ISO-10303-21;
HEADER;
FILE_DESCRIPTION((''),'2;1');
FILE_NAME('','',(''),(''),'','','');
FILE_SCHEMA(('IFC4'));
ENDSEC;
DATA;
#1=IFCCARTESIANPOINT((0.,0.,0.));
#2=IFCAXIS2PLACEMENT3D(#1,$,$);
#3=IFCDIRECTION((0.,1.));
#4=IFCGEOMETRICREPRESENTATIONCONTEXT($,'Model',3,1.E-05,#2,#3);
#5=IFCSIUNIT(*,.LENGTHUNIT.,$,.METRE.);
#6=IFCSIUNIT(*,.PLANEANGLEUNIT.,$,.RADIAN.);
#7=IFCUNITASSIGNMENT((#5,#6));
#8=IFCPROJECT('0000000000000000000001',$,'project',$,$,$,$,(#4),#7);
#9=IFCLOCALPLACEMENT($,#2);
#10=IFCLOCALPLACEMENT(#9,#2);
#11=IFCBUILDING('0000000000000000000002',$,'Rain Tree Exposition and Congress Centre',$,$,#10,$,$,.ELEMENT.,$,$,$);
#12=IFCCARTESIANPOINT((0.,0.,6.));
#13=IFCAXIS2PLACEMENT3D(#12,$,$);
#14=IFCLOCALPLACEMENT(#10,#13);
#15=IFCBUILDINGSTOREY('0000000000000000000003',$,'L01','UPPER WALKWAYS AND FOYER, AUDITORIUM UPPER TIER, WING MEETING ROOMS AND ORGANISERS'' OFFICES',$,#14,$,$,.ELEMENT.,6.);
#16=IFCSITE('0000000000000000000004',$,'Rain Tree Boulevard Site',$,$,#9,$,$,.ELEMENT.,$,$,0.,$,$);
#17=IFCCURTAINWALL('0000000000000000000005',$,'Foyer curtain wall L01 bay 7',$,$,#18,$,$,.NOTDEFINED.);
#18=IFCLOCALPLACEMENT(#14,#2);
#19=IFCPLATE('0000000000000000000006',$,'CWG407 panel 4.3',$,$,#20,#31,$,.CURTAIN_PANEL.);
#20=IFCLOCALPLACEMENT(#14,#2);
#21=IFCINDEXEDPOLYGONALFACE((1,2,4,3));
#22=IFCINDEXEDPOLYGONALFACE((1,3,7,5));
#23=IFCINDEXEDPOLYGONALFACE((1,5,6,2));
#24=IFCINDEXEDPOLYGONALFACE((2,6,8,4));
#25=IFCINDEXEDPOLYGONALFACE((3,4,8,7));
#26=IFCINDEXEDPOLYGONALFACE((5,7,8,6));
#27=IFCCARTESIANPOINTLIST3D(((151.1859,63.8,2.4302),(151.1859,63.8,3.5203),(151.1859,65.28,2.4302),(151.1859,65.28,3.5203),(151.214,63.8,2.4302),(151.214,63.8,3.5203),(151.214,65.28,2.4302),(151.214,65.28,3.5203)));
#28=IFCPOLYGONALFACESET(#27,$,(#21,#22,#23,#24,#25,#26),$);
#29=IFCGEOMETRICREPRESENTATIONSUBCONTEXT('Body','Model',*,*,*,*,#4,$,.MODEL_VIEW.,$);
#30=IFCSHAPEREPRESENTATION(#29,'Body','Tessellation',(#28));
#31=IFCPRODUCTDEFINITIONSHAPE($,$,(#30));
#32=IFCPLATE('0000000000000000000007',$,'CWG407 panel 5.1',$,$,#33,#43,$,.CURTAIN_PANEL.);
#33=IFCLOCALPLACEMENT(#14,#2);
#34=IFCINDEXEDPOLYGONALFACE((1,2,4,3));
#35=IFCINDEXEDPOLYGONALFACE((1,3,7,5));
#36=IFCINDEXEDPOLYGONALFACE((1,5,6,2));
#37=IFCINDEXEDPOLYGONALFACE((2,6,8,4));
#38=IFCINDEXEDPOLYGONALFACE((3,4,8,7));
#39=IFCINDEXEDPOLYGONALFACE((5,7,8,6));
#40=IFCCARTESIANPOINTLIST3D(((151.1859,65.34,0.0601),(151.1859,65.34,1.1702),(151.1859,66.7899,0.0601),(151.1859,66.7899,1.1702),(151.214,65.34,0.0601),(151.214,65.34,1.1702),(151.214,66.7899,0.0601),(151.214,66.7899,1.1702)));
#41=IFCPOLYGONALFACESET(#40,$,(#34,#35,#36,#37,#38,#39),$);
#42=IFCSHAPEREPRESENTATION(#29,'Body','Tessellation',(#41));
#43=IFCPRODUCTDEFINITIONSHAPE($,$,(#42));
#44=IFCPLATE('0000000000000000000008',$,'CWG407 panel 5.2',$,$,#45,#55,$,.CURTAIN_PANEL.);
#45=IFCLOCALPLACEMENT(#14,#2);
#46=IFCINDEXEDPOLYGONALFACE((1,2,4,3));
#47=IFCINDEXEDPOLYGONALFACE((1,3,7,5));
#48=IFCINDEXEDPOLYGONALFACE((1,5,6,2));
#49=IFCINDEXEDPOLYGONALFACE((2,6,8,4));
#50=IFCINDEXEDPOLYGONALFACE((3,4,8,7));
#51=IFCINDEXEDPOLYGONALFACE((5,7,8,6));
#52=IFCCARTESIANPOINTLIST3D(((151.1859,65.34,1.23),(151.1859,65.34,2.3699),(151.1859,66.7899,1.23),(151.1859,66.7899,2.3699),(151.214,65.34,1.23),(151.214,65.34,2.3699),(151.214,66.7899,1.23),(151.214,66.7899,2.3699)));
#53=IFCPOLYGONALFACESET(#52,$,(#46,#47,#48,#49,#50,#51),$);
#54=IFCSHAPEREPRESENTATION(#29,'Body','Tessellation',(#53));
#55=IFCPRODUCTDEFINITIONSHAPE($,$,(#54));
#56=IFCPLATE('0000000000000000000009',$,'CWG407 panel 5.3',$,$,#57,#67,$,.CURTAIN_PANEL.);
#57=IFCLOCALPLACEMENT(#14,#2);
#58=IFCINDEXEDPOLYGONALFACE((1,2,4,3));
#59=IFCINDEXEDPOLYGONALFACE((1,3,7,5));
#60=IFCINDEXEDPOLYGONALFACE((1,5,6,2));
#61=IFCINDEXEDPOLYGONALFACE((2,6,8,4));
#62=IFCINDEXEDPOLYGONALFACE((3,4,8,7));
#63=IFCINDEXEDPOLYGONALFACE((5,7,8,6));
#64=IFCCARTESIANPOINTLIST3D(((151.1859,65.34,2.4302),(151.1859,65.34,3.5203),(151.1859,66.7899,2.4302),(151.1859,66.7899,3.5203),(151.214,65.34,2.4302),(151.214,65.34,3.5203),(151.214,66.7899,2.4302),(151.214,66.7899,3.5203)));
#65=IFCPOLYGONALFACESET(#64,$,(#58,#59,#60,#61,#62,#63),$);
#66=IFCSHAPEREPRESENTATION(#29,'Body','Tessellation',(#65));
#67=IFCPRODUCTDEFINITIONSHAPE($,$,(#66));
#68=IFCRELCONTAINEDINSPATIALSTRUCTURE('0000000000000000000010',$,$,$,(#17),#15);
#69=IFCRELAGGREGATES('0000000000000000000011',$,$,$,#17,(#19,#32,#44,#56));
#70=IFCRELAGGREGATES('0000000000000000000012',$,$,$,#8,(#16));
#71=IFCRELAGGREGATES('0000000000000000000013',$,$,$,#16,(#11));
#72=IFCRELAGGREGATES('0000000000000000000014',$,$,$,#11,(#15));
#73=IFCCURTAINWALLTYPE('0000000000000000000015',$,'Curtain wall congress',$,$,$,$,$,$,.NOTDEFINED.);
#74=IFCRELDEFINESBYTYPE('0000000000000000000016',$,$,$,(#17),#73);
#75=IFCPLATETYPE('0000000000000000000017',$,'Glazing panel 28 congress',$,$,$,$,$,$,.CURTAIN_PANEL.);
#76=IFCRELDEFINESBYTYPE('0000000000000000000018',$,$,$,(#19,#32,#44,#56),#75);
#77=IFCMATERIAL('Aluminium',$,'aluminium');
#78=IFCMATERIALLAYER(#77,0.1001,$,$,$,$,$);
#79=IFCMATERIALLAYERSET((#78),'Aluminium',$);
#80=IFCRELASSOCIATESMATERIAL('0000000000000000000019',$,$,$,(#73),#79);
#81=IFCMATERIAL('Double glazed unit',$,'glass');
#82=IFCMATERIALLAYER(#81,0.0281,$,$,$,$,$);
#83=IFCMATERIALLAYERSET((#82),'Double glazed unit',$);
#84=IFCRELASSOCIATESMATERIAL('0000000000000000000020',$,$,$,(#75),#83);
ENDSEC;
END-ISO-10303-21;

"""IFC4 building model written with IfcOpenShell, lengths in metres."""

from ifc_helpers import new_model, si_unit, direction, frame, origin, origin_2d, place, context, subcontext, project, spatial, rectangle, extrude, material, layer, layer_set, type_object, element, aggregate, save


model = new_model("IFC4")

# Units and contexts
model_context = context("Model", 3, precision=1e-05, world=origin(), true_north=direction((0.0, 1.0)))
body_context = subcontext(model_context, "Body", "Model", "MODEL_VIEW")
ifc_project = project(units=[si_unit("LENGTHUNIT", "METRE"), si_unit("PLANEANGLEUNIT", "RADIAN")], contexts=[model_context])

# Site, building, storey
site_placement = place(None, origin())
site = spatial("IfcSite", under=ifc_project, at=site_placement, Name="Rain Tree Boulevard Site", CompositionType="ELEMENT", RefElevation=0.0)
building_placement = place(site_placement, origin())
building = spatial("IfcBuilding", under=site, at=building_placement, Name="Rain Tree Exposition and Congress Centre", CompositionType="ELEMENT")
storey_placement = place(building_placement, frame((0.0, 0.0, 6.0)))
storey = spatial("IfcBuildingStorey", under=building, at=storey_placement, Name="L01", Description="UPPER WALKWAYS AND FOYER, AUDITORIUM UPPER TIER, WING MEETING ROOMS AND ORGANISERS' OFFICES", CompositionType="ELEMENT", Elevation=6.0)

# Curtain wall, plates
ifc_material_1 = material(Name="Aluminium", Category="aluminium")
ifc_layer_1 = layer(ifc_material_1, 0.1001)
ifc_layer_set_1 = layer_set([ifc_layer_1], Name="Aluminium")
curtain_wall_type = type_object("IfcCurtainWallType", Name="Curtain wall congress", PredefinedType="NOTDEFINED", material=ifc_layer_set_1)
curtain_wall_placement = place(storey_placement, origin())
curtain_wall = element("IfcCurtainWall", 1, at=curtain_wall_placement, inside=storey, type_object=curtain_wall_type, Name="Foyer curtain wall L01 bay 7", PredefinedType="NOTDEFINED")
ifc_material_2 = material(Name="Double glazed unit", Category="glass")
ifc_layer_2 = layer(ifc_material_2, 0.0281)
ifc_layer_set_2 = layer_set([ifc_layer_2], Name="Double glazed unit")
plate_type = type_object("IfcPlateType", Name="Glazing panel 28 congress", PredefinedType="CURTAIN_PANEL", material=ifc_layer_set_2)
plate_1_placement = place(storey_placement, frame((151.2, 64.54, 2.4302), z_axis=(0.0, 0.0, 1.0), x_axis=(0.0, 1.0, 0.0)))
plate_1 = element("IfcPlate", 2, at=plate_1_placement, type_object=plate_type, Name="CWG407 panel 4.3", PredefinedType="CURTAIN_PANEL", context=body_context, shape_type="SweptSolid", body=[
    extrude(rectangle(XDim=1.48, YDim=0.0281, at=origin_2d()), origin(), (0.0, 0.0, 1.0), 1.0901),
])
plate_2_placement = place(storey_placement, frame((151.2, 66.0649, 0.0601), z_axis=(0.0, 0.0, 1.0), x_axis=(0.0, 1.0, 0.0)))
plate_2 = element("IfcPlate", 3, at=plate_2_placement, type_object=plate_type, Name="CWG407 panel 5.1", PredefinedType="CURTAIN_PANEL", context=body_context, shape_type="SweptSolid", body=[
    extrude(rectangle(XDim=1.45, YDim=0.0281, at=origin_2d()), origin(), (0.0, 0.0, 1.0), 1.1101),
])
plate_3_placement = place(storey_placement, frame((151.2, 66.0649, 1.23), z_axis=(0.0, 0.0, 1.0), x_axis=(0.0, 1.0, 0.0)))
plate_3 = element("IfcPlate", 4, at=plate_3_placement, type_object=plate_type, Name="CWG407 panel 5.2", PredefinedType="CURTAIN_PANEL", context=body_context, shape_type="SweptSolid", body=[
    extrude(rectangle(XDim=1.45, YDim=0.0281, at=origin_2d()), origin(), (0.0, 0.0, 1.0), 1.1399),
])
plate_4_placement = place(storey_placement, frame((151.2, 66.0649, 2.4302), z_axis=(0.0, 0.0, 1.0), x_axis=(0.0, 1.0, 0.0)))
plate_4 = element("IfcPlate", 5, at=plate_4_placement, type_object=plate_type, Name="CWG407 panel 5.3", PredefinedType="CURTAIN_PANEL", context=body_context, shape_type="SweptSolid", body=[
    extrude(rectangle(XDim=1.45, YDim=0.0281, at=origin_2d()), origin(), (0.0, 0.0, 1.0), 1.0901),
])
aggregate(curtain_wall, [plate_1, plate_2, plate_3, plate_4])

save(model, "model.ifc")
